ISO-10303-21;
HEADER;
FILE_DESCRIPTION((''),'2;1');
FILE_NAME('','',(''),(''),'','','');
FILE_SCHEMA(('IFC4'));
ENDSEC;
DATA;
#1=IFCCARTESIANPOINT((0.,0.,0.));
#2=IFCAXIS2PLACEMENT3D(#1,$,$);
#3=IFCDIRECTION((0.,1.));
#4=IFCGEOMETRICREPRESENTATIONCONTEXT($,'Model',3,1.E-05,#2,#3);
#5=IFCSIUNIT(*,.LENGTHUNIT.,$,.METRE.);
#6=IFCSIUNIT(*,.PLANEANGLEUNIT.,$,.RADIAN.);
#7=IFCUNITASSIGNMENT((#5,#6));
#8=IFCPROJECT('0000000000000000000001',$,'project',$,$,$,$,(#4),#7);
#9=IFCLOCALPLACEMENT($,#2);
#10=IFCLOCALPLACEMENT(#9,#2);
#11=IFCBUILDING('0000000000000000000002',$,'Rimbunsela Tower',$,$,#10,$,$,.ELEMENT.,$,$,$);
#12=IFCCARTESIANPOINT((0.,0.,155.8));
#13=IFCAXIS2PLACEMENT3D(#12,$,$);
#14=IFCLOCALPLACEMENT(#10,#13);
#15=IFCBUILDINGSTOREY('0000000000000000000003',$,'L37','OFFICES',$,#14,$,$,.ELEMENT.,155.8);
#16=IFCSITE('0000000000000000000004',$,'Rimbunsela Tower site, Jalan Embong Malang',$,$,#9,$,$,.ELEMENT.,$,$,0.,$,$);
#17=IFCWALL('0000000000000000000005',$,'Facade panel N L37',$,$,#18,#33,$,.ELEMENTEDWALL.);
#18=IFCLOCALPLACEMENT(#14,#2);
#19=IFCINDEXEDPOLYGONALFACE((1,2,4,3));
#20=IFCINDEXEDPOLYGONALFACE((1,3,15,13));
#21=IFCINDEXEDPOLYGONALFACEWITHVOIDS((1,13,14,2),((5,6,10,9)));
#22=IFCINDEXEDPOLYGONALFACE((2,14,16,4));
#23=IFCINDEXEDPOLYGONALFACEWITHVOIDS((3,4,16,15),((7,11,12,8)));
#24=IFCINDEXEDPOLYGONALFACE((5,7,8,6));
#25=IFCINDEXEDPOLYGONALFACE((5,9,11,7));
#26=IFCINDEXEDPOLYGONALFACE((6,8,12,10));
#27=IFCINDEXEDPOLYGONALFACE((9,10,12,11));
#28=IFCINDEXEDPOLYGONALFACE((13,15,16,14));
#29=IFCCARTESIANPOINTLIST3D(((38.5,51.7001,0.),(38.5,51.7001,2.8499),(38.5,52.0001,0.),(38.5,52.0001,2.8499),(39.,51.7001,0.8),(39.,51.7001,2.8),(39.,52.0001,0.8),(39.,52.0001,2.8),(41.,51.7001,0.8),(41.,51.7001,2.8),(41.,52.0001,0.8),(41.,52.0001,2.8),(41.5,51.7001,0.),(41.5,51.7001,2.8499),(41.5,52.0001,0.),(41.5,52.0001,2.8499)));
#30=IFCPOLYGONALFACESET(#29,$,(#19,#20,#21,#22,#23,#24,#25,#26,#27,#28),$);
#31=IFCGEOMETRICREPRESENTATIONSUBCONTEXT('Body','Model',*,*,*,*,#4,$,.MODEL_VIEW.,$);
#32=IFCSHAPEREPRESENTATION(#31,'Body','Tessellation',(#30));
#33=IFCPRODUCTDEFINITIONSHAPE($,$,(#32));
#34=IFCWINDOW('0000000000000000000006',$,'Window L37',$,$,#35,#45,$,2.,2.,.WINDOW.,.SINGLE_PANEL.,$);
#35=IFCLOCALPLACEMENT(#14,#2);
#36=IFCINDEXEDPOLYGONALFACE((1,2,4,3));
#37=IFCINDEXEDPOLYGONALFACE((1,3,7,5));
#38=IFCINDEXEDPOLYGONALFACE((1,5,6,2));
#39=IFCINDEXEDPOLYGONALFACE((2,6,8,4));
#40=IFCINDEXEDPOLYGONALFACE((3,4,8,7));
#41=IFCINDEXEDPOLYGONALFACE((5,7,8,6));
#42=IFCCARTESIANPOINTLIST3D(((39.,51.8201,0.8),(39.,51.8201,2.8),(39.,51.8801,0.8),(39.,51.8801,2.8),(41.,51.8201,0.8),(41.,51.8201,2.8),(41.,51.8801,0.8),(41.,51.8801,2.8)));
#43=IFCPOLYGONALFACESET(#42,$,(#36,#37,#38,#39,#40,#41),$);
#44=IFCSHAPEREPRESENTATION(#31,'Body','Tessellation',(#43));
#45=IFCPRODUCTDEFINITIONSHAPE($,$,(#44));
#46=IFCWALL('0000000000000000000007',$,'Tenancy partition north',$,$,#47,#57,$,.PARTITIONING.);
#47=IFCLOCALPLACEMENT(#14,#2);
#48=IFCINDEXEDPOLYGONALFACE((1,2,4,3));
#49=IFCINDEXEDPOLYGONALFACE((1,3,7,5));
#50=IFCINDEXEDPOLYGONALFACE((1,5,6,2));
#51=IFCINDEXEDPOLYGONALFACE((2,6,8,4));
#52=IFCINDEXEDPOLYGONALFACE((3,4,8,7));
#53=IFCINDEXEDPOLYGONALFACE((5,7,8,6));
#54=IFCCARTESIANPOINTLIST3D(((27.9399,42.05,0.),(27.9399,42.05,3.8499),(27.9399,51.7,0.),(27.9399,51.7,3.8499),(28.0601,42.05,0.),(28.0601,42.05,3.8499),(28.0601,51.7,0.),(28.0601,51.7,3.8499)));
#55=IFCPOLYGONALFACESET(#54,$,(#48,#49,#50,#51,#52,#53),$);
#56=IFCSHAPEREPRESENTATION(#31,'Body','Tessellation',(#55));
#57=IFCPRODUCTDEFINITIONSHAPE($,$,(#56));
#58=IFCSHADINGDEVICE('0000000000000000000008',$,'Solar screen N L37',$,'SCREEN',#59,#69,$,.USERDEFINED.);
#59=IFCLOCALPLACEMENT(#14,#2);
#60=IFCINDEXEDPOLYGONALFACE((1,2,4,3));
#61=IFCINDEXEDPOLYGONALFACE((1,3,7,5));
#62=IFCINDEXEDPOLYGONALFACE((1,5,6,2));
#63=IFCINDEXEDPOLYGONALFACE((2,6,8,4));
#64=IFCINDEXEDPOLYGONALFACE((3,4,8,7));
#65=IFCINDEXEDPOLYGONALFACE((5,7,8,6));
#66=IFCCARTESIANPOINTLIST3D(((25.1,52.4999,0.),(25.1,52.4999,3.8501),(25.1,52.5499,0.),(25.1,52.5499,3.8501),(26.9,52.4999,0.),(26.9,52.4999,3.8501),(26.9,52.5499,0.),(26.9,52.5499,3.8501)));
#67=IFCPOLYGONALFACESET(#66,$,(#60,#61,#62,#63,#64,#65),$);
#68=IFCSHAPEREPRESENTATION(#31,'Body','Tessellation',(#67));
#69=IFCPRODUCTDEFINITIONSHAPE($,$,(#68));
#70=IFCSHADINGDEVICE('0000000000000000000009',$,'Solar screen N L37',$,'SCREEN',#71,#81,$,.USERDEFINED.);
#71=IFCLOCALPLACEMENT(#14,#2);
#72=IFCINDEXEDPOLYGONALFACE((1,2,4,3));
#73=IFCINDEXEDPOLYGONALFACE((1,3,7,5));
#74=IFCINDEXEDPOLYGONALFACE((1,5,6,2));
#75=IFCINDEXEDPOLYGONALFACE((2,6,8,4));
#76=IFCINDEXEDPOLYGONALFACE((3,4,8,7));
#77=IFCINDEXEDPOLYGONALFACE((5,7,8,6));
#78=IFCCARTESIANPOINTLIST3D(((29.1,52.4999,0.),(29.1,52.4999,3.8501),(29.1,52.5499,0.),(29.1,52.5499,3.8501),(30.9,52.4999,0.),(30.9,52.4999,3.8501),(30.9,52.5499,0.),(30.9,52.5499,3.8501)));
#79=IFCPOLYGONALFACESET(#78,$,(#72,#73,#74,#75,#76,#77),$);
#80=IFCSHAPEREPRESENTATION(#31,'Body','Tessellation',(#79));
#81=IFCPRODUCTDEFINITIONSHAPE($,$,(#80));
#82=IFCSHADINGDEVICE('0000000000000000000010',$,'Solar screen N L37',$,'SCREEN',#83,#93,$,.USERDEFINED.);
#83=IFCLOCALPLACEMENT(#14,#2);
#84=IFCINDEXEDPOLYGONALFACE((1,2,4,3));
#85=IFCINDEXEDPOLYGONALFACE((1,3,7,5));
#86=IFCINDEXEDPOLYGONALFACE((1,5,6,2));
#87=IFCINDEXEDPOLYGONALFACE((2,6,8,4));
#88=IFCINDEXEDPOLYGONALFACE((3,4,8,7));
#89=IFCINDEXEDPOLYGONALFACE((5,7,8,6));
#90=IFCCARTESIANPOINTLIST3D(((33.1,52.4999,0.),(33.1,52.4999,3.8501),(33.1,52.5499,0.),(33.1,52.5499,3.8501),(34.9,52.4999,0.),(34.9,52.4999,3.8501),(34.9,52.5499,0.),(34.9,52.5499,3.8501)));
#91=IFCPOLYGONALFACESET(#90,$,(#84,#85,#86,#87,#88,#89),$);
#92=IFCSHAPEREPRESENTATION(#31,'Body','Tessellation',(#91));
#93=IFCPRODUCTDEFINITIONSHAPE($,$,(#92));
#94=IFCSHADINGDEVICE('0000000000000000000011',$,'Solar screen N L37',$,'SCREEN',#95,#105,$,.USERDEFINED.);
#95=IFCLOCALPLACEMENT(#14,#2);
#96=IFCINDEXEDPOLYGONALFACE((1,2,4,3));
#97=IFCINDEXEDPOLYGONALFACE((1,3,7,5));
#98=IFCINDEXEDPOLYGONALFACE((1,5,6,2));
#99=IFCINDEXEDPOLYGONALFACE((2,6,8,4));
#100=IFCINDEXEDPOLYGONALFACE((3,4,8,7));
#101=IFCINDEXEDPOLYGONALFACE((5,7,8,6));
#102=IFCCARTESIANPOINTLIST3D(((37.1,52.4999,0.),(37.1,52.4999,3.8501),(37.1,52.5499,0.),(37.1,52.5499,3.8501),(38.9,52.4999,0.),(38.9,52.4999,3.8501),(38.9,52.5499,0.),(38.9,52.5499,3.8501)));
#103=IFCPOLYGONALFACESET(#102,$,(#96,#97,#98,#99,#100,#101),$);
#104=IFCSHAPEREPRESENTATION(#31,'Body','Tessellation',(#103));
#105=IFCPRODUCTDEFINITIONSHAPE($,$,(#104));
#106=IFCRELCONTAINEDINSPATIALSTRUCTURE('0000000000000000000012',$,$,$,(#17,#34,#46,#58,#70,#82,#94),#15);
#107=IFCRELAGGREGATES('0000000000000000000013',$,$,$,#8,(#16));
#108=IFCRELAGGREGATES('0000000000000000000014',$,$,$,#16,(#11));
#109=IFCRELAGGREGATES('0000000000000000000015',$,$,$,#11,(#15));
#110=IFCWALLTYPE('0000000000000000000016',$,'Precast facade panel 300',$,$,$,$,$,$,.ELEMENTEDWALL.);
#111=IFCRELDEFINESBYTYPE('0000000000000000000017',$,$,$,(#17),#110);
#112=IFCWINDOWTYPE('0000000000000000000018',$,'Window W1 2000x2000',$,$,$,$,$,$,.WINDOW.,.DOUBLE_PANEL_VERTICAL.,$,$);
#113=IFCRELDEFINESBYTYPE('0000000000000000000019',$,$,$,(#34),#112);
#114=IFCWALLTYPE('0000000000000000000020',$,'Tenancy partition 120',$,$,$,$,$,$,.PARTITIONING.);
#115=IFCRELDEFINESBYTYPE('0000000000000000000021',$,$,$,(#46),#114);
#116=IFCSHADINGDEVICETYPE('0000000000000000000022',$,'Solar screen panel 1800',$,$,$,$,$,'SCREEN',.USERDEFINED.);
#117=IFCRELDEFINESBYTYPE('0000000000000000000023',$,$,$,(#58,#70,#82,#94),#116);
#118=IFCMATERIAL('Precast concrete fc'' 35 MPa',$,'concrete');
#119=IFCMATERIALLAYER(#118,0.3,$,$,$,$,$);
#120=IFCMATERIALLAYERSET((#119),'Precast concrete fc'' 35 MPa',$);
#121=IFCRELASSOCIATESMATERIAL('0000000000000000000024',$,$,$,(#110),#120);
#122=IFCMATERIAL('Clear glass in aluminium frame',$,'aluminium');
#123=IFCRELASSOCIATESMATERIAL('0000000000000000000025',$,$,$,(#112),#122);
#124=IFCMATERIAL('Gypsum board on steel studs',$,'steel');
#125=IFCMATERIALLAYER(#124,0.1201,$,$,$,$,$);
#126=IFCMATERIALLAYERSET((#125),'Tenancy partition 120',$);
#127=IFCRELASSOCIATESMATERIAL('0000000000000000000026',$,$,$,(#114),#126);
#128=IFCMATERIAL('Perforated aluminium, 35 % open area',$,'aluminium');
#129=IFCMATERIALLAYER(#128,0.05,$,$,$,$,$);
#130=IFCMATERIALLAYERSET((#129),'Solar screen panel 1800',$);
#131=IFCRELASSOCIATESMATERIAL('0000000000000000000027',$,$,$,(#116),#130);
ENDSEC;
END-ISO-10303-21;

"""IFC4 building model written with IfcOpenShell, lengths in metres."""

from ifc_helpers import new_model, si_unit, direction, frame, frame_2d, origin, origin_2d, place, context, subcontext, project, spatial, rectangle, extrude, material, layer, layer_set, type_object, element, fill, save


model = new_model("IFC4")

# Units and contexts
model_context = context("Model", 3, precision=1e-05, world=origin(), true_north=direction((0.0, 1.0)))
body_context = subcontext(model_context, "Body", "Model", "MODEL_VIEW")
ifc_project = project(units=[si_unit("LENGTHUNIT", "METRE"), si_unit("PLANEANGLEUNIT", "RADIAN")], contexts=[model_context])

# Site, building, storey
site_placement = place(None, origin())
site = spatial("IfcSite", under=ifc_project, at=site_placement, Name="Rimbunsela Tower site, Jalan Embong Malang", CompositionType="ELEMENT", RefElevation=0.0)
building_placement = place(site_placement, origin())
building = spatial("IfcBuilding", under=site, at=building_placement, Name="Rimbunsela Tower", CompositionType="ELEMENT")
storey_placement = place(building_placement, frame((0.0, 0.0, 155.8)))
storey = spatial("IfcBuildingStorey", under=building, at=storey_placement, Name="L37", Description="OFFICES", CompositionType="ELEMENT", Elevation=155.8)

# Shared definitions
ifc_material_1 = material(Name="Precast concrete fc' 35 MPa", Category="concrete")
ifc_layer_1 = layer(ifc_material_1, 0.3)
ifc_layer_set_1 = layer_set([ifc_layer_1], Name="Precast concrete fc' 35 MPa")
wall_type_1 = type_object("IfcWallType", Name="Precast facade panel 300", PredefinedType="ELEMENTEDWALL", material=ifc_layer_set_1)

# Wall, opening, window
ifc_material_2 = material(Name="Clear glass in aluminium frame", Category="aluminium")
window_type_1 = type_object("IfcWindowType", Name="Window W1 2000x2000", PartitioningType="DOUBLE_PANEL_VERTICAL", PredefinedType="WINDOW", material=ifc_material_2)
wall_1_placement = place(storey_placement, frame((41.5, 51.8501, 0.0), z_axis=(0.0, 0.0, 1.0), x_axis=(-1.0, 0.0, 0.0)))
wall_1 = element("IfcWall", 1, at=wall_1_placement, inside=storey, type_object=wall_type_1, Name="Facade panel N L37", PredefinedType="ELEMENTEDWALL", context=body_context, shape_type="SweptSolid", body=[
    extrude(rectangle(XDim=3.0, YDim=0.3, at=frame_2d((1.5, 0.0))), origin(), (0.0, 0.0, 1.0), 2.8499),
])
opening_1_placement = place(wall_1_placement, frame((0.5, 0.0, 0.8)))
opening_1 = element("IfcOpeningElement", 2, at=opening_1_placement, cuts=wall_1, PredefinedType="OPENING", context=body_context, shape_type="SweptSolid", body=[
    extrude(rectangle(XDim=2.0, YDim=2.0, at=frame_2d((1.0, 1.0))), frame((0.0, 0.1599, 0.0), z_axis=(0.0, -1.0, 0.0), x_axis=(1.0, 0.0, 0.0)), (0.0, 0.0, 1.0), 0.3201),
])
window_1_placement = place(opening_1_placement, origin())
window_1 = element("IfcWindow", 3, at=window_1_placement, inside=storey, type_object=window_type_1, Name="Window L37", OverallHeight=2.0, OverallWidth=2.0, PartitioningType="SINGLE_PANEL", PredefinedType="WINDOW", context=body_context, shape_type="SweptSolid", body=[
    extrude(rectangle(XDim=2.0, YDim=2.0, at=frame_2d((1.0, 1.0))), frame((0.0, 0.03, 0.0), z_axis=(0.0, -1.0, 0.0), x_axis=(1.0, 0.0, 0.0)), (0.0, 0.0, 1.0), 0.0601),
])
fill(opening_1, window_1)

# Wall
ifc_material_3 = material(Name="Gypsum board on steel studs", Category="steel")
ifc_layer_2 = layer(ifc_material_3, 0.1201)
ifc_layer_set_2 = layer_set([ifc_layer_2], Name="Tenancy partition 120")
wall_type_2 = type_object("IfcWallType", Name="Tenancy partition 120", PredefinedType="PARTITIONING", material=ifc_layer_set_2)
wall_2_placement = place(storey_placement, frame((28.0, 42.05, 0.0), z_axis=(0.0, 0.0, 1.0), x_axis=(0.0, 1.0, 0.0)))
element("IfcWall", 4, at=wall_2_placement, inside=storey, type_object=wall_type_2, Name="Tenancy partition north", PredefinedType="PARTITIONING", context=body_context, shape_type="SweptSolid", body=[
    extrude(rectangle(XDim=9.6499, YDim=0.1201, at=frame_2d((4.825, 0.0))), origin(), (0.0, 0.0, 1.0), 3.8499),
])

# Shading devices
ifc_material_4 = material(Name="Perforated aluminium, 35 % open area", Category="aluminium")
ifc_layer_3 = layer(ifc_material_4, 0.05)
ifc_layer_set_3 = layer_set([ifc_layer_3], Name="Solar screen panel 1800")
shading_device_type = type_object("IfcShadingDeviceType", Name="Solar screen panel 1800", ElementType="SCREEN", PredefinedType="USERDEFINED", material=ifc_layer_set_3)
for number, where, z_axis, x_axis, name in (
    (5, (26.0, 52.5249, 0.0), (0.0, 0.0, 1.0), (1.0, 0.0, 0.0), "Solar screen N L37"),
    (6, (30.0, 52.5249, 0.0), (0.0, 0.0, 1.0), (1.0, 0.0, 0.0), "Solar screen N L37"),
    (7, (34.0, 52.5249, 0.0), (0.0, 0.0, 1.0), (1.0, 0.0, 0.0), "Solar screen N L37"),
    (8, (38.0, 52.5249, 0.0), (0.0, 0.0, 1.0), (1.0, 0.0, 0.0), "Solar screen N L37"),
):
    element("IfcShadingDevice", number, at=place(storey_placement, frame(where, z_axis=z_axis, x_axis=x_axis)), inside=storey, type_object=shading_device_type, Name=name, ObjectType="SCREEN", PredefinedType="USERDEFINED", context=body_context, shape_type="SweptSolid", body=[
        extrude(rectangle(XDim=1.8, YDim=0.05, at=origin_2d()), origin(), (0.0, 0.0, 1.0), 3.8501),
    ])

save(model, "model.ifc")
